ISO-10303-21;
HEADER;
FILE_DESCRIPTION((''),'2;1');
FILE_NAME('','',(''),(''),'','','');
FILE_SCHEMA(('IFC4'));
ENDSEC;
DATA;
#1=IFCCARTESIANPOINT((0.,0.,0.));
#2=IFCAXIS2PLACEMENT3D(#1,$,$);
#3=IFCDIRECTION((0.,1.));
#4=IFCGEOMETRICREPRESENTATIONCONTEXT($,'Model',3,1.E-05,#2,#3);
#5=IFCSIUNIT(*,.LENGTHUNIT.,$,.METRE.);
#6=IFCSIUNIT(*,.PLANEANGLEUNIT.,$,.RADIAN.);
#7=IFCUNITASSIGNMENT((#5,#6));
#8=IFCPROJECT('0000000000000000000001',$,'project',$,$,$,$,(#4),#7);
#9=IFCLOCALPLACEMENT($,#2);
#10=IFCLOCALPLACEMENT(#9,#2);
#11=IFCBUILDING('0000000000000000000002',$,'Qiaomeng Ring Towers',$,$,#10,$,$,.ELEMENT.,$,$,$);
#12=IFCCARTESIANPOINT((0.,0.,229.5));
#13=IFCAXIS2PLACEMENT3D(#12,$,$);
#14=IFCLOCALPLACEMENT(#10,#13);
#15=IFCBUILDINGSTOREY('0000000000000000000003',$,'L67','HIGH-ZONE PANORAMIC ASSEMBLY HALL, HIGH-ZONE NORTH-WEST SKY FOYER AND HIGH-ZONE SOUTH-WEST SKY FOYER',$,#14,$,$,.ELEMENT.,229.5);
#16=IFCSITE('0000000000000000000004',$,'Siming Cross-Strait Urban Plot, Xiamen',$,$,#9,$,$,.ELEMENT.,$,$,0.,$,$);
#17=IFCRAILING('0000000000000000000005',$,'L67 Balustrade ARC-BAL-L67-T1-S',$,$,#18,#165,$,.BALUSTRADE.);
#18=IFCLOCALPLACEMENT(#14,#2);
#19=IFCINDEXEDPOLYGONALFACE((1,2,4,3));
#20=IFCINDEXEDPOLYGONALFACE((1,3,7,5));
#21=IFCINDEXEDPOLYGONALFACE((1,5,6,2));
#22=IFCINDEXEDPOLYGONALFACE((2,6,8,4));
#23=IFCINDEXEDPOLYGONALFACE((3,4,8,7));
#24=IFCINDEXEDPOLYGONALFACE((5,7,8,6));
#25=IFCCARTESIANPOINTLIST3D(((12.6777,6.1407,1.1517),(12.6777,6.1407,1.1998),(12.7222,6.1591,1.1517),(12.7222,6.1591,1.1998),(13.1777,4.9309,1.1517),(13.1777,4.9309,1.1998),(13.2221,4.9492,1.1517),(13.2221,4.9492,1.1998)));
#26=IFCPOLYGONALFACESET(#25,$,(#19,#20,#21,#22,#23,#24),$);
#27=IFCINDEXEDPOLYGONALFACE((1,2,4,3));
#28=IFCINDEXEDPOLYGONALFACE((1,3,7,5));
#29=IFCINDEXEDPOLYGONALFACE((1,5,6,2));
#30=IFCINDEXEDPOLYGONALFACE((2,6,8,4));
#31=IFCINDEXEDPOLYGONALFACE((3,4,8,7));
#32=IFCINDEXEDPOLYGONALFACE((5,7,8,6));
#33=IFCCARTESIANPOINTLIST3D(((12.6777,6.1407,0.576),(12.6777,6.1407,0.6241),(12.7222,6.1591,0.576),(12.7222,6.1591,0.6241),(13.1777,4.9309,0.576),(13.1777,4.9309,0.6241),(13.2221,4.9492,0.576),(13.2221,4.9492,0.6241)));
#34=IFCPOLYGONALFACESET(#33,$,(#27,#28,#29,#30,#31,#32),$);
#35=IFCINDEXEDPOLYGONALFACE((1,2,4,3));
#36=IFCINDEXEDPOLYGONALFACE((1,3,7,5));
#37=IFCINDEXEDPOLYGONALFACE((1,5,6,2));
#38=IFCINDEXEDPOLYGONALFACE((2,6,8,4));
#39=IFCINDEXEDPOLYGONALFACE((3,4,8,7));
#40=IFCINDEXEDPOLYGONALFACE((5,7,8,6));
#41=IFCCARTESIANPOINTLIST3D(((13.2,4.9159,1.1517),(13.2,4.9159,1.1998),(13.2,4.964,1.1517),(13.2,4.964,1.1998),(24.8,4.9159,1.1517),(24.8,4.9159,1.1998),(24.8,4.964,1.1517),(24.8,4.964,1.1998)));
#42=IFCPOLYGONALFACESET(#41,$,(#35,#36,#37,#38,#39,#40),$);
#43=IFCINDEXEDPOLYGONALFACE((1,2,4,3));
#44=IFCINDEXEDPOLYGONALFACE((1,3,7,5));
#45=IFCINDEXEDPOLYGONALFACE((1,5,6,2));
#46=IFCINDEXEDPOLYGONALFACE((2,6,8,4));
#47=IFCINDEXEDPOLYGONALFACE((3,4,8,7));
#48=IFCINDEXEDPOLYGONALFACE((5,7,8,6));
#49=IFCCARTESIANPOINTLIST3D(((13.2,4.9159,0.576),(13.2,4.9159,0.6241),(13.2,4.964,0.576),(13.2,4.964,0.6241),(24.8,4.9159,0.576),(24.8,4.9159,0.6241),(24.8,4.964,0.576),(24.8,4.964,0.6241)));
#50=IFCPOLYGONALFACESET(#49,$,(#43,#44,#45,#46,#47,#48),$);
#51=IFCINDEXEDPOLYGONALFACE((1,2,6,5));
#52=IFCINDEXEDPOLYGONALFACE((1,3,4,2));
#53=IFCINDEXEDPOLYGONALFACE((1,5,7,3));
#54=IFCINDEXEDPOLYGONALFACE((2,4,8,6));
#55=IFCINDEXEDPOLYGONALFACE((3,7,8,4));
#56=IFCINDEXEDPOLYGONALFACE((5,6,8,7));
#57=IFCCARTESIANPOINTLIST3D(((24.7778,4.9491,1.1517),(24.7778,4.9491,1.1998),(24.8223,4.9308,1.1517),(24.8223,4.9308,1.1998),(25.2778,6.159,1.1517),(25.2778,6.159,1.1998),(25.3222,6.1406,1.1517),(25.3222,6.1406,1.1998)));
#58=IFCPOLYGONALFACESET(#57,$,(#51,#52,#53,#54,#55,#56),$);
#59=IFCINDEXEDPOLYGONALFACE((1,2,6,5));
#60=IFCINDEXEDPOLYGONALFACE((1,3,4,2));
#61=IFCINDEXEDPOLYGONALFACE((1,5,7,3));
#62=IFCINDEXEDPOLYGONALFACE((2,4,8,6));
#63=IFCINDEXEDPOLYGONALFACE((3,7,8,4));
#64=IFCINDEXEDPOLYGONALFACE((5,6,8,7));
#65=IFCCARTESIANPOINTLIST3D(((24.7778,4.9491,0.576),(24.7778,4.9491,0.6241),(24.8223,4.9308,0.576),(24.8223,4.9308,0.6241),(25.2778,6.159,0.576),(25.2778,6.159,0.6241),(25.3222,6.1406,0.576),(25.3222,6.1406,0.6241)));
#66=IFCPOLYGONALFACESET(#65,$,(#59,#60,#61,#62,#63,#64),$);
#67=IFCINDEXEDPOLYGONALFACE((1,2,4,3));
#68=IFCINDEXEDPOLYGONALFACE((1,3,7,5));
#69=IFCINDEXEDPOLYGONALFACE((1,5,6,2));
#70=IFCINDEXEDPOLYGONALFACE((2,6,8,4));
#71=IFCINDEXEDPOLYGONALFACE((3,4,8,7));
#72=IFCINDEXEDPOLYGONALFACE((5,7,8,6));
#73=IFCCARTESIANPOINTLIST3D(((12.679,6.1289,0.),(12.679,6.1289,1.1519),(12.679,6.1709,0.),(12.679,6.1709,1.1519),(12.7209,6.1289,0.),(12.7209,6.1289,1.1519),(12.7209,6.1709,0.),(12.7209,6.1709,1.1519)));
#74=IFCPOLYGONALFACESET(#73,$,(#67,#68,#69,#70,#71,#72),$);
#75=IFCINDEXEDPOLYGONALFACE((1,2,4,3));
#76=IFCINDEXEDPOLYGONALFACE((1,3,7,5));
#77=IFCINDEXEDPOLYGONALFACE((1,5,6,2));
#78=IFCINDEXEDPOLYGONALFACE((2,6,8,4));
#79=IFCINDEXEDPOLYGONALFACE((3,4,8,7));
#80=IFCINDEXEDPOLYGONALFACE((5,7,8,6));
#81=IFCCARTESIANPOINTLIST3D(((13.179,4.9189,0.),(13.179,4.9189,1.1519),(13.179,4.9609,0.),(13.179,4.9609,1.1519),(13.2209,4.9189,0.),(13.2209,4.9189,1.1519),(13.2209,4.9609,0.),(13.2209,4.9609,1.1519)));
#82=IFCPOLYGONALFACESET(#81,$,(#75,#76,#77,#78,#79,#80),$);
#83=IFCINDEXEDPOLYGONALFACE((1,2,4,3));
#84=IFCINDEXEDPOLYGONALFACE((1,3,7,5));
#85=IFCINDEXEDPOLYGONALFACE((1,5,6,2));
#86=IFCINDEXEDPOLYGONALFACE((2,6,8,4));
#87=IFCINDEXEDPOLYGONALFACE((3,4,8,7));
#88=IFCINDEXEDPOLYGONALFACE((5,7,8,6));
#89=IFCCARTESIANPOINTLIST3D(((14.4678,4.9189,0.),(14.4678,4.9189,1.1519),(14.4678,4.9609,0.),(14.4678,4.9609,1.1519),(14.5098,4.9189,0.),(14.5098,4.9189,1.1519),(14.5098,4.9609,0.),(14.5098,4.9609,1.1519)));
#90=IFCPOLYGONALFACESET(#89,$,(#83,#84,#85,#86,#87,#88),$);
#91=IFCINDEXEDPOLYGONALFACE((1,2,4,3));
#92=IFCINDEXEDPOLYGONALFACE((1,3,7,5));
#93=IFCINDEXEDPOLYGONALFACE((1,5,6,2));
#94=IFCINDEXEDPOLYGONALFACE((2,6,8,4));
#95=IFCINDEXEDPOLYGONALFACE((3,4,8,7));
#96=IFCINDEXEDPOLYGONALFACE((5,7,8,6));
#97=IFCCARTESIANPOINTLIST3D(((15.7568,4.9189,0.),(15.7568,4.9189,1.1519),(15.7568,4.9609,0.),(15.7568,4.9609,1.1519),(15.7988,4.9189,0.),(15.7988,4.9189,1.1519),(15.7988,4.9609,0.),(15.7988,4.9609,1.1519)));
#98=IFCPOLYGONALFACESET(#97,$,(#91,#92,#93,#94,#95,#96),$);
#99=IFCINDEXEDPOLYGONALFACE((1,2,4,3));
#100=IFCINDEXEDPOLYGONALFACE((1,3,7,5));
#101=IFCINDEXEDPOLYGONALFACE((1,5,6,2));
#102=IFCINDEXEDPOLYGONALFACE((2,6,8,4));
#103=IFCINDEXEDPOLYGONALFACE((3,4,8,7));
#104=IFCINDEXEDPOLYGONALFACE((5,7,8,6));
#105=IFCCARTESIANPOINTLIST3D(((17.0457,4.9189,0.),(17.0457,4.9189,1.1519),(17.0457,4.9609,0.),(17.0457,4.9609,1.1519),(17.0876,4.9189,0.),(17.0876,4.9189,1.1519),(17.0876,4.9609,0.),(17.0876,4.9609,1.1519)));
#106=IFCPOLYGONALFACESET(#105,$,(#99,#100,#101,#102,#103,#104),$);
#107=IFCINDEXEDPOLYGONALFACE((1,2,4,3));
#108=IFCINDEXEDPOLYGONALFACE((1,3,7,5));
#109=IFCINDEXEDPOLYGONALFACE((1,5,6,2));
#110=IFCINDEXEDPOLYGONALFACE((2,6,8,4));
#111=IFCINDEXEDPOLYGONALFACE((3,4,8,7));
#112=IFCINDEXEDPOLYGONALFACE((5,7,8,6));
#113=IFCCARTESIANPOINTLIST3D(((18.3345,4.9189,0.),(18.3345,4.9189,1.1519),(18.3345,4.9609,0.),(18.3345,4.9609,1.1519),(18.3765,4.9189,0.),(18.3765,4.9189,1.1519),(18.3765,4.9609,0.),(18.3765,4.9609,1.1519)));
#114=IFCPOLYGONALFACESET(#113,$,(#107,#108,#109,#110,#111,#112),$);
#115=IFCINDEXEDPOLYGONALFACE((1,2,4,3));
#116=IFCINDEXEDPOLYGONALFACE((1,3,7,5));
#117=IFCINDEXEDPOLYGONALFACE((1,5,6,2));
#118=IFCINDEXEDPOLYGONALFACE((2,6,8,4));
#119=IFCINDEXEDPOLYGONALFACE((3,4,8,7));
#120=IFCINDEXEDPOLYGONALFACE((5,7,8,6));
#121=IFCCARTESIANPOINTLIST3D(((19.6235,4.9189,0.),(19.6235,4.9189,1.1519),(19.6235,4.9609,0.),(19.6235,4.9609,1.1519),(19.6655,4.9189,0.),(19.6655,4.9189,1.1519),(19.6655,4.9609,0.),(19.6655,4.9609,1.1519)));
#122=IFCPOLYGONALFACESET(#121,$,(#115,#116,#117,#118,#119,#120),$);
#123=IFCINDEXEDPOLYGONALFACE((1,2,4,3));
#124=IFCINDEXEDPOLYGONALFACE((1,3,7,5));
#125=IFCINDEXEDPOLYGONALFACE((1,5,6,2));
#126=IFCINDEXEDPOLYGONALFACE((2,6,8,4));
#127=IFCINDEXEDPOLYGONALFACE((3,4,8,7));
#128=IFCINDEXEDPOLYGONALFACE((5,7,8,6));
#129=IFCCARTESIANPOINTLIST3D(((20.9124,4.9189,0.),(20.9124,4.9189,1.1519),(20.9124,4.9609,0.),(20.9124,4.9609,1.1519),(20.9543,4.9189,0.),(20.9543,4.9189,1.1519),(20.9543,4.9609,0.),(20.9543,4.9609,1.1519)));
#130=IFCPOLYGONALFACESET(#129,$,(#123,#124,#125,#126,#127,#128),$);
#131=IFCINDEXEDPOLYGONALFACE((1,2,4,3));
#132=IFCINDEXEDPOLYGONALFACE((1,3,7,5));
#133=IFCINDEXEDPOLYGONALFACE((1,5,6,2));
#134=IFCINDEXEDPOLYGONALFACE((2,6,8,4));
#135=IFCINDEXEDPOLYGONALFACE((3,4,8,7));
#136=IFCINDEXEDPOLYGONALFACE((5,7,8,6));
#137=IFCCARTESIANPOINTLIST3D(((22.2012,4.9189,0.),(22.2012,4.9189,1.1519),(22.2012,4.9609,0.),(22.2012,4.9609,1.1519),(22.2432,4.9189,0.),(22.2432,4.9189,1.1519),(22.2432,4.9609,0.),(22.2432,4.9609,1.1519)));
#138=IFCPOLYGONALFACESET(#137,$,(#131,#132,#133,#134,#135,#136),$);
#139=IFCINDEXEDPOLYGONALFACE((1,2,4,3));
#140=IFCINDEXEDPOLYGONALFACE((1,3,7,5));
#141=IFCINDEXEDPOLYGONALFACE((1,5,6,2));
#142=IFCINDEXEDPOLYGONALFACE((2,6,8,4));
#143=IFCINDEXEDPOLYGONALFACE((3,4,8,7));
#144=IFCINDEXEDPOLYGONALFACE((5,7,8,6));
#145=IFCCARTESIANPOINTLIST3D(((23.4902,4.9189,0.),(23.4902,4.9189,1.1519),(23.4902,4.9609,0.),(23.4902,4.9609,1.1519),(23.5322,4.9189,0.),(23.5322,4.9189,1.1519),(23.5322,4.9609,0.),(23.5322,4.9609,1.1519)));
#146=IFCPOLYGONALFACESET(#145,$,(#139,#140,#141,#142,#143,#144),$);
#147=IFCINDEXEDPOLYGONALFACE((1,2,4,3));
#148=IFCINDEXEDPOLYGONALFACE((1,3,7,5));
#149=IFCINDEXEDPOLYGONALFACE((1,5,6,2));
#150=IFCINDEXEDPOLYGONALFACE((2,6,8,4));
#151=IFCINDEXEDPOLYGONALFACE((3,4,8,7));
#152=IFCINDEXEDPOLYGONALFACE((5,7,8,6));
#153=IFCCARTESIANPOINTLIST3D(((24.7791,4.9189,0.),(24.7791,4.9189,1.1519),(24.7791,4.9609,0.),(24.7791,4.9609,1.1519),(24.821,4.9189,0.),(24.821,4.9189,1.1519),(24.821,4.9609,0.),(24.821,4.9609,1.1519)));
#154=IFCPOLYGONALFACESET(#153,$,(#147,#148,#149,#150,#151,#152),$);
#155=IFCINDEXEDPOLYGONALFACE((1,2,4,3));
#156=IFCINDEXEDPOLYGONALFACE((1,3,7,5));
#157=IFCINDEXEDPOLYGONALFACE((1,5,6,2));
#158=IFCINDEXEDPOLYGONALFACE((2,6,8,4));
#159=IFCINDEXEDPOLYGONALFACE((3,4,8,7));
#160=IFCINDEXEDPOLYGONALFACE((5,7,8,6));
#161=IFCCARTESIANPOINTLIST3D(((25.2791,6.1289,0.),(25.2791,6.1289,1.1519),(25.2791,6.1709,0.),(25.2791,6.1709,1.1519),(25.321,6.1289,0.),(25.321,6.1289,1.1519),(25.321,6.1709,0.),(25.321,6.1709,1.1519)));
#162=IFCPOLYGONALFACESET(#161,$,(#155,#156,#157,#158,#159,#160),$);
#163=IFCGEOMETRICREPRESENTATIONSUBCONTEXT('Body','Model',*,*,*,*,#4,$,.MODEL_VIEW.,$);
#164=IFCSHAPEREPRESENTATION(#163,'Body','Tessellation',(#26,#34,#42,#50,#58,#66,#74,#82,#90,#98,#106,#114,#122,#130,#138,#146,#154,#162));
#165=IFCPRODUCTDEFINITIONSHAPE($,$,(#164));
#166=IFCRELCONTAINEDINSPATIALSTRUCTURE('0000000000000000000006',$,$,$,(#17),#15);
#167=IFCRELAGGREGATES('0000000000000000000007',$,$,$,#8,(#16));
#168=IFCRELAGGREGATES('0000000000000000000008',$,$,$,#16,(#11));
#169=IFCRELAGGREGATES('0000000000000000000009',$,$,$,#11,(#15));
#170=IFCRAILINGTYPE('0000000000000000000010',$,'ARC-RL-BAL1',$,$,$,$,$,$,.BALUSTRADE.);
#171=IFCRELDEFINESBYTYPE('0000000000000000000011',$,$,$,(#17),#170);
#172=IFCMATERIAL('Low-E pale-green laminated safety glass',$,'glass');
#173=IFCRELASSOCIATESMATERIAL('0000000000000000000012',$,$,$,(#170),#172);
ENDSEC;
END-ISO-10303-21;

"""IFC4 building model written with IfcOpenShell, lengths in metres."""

from ifc_helpers import new_model, si_unit, direction, frame, origin, origin_2d, place, context, subcontext, project, spatial, rectangle, extrude, material, type_object, element, save


model = new_model("IFC4")

# Units and contexts
model_context = context("Model", 3, precision=1e-05, world=origin(), true_north=direction((0.0, 1.0)))
body_context = subcontext(model_context, "Body", "Model", "MODEL_VIEW")
ifc_project = project(units=[si_unit("LENGTHUNIT", "METRE"), si_unit("PLANEANGLEUNIT", "RADIAN")], contexts=[model_context])

# Site, building, storey
site_placement = place(None, origin())
site = spatial("IfcSite", under=ifc_project, at=site_placement, Name="Siming Cross-Strait Urban Plot, Xiamen", CompositionType="ELEMENT", RefElevation=0.0)
building_placement = place(site_placement, origin())
building = spatial("IfcBuilding", under=site, at=building_placement, Name="Qiaomeng Ring Towers", CompositionType="ELEMENT")
storey_placement = place(building_placement, frame((0.0, 0.0, 229.5)))
storey = spatial("IfcBuildingStorey", under=building, at=storey_placement, Name="L67", Description="HIGH-ZONE PANORAMIC ASSEMBLY HALL, HIGH-ZONE NORTH-WEST SKY FOYER AND HIGH-ZONE SOUTH-WEST SKY FOYER", CompositionType="ELEMENT", Elevation=229.5)

# Railing
ifc_material_1 = material(Name="Low-E pale-green laminated safety glass", Category="glass")
railing_type = type_object("IfcRailingType", Name="ARC-RL-BAL1", PredefinedType="BALUSTRADE", material=ifc_material_1)
railing_placement = place(storey_placement, frame((12.7, 6.1499, 0.0)))
element("IfcRailing", 1, at=railing_placement, inside=storey, type_object=railing_type, Name="L67 Balustrade ARC-BAL-L67-T1-S", PredefinedType="BALUSTRADE", context=body_context, shape_type="SweptSolid", body=[
    extrude(rectangle(XDim=0.0481, YDim=0.0481, at=origin_2d()), frame((0.0, 0.0, 1.1758), z_axis=(0.381913, -0.924198, 0.0), x_axis=(0.924198, 0.381913, 0.0)), (0.0, 0.0, 1.0), 1.3091),
    extrude(rectangle(XDim=0.0481, YDim=0.0481, at=origin_2d()), frame((0.0, 0.0, 0.6001), z_axis=(0.381913, -0.924198, 0.0), x_axis=(0.924198, 0.381913, 0.0)), (0.0, 0.0, 1.0), 1.3091),
    extrude(rectangle(XDim=0.0481, YDim=0.0481, at=origin_2d()), frame((0.5, -1.21, 1.1758), z_axis=(1.0, 0.0, 0.0), x_axis=(0.0, 1.0, 0.0)), (0.0, 0.0, 1.0), 11.6001),
    extrude(rectangle(XDim=0.0481, YDim=0.0481, at=origin_2d()), frame((0.5, -1.21, 0.6001), z_axis=(1.0, 0.0, 0.0), x_axis=(0.0, 1.0, 0.0)), (0.0, 0.0, 1.0), 11.6001),
    extrude(rectangle(XDim=0.0481, YDim=0.0481, at=origin_2d()), frame((12.1001, -1.21, 1.1758), z_axis=(0.381913, 0.924198, 0.0), x_axis=(-0.924198, 0.381913, 0.0)), (0.0, 0.0, 1.0), 1.3091),
    extrude(rectangle(XDim=0.0481, YDim=0.0481, at=origin_2d()), frame((12.1001, -1.21, 0.6001), z_axis=(0.381913, 0.924198, 0.0), x_axis=(-0.924198, 0.381913, 0.0)), (0.0, 0.0, 1.0), 1.3091),
    extrude(rectangle(XDim=0.042, YDim=0.042, at=origin_2d()), origin(), (0.0, 0.0, 1.0), 1.1519),
    extrude(rectangle(XDim=0.042, YDim=0.042, at=origin_2d()), frame((0.5, -1.21, 0.0)), (0.0, 0.0, 1.0), 1.1519),
    extrude(rectangle(XDim=0.042, YDim=0.042, at=origin_2d()), frame((1.7888, -1.21, 0.0)), (0.0, 0.0, 1.0), 1.1519),
    extrude(rectangle(XDim=0.042, YDim=0.042, at=origin_2d()), frame((3.0779, -1.21, 0.0)), (0.0, 0.0, 1.0), 1.1519),
    extrude(rectangle(XDim=0.042, YDim=0.042, at=origin_2d()), frame((4.3667, -1.21, 0.0)), (0.0, 0.0, 1.0), 1.1519),
    extrude(rectangle(XDim=0.042, YDim=0.042, at=origin_2d()), frame((5.6555, -1.21, 0.0)), (0.0, 0.0, 1.0), 1.1519),
    extrude(rectangle(XDim=0.042, YDim=0.042, at=origin_2d()), frame((6.9446, -1.21, 0.0)), (0.0, 0.0, 1.0), 1.1519),
    extrude(rectangle(XDim=0.042, YDim=0.042, at=origin_2d()), frame((8.2334, -1.21, 0.0)), (0.0, 0.0, 1.0), 1.1519),
    extrude(rectangle(XDim=0.042, YDim=0.042, at=origin_2d()), frame((9.5222, -1.21, 0.0)), (0.0, 0.0, 1.0), 1.1519),
    extrude(rectangle(XDim=0.042, YDim=0.042, at=origin_2d()), frame((10.8113, -1.21, 0.0)), (0.0, 0.0, 1.0), 1.1519),
    extrude(rectangle(XDim=0.042, YDim=0.042, at=origin_2d()), frame((12.1001, -1.21, 0.0)), (0.0, 0.0, 1.0), 1.1519),
    extrude(rectangle(XDim=0.042, YDim=0.042, at=origin_2d()), frame((12.6001, 0.0, 0.0)), (0.0, 0.0, 1.0), 1.1519),
])

save(model, "model.ifc")
